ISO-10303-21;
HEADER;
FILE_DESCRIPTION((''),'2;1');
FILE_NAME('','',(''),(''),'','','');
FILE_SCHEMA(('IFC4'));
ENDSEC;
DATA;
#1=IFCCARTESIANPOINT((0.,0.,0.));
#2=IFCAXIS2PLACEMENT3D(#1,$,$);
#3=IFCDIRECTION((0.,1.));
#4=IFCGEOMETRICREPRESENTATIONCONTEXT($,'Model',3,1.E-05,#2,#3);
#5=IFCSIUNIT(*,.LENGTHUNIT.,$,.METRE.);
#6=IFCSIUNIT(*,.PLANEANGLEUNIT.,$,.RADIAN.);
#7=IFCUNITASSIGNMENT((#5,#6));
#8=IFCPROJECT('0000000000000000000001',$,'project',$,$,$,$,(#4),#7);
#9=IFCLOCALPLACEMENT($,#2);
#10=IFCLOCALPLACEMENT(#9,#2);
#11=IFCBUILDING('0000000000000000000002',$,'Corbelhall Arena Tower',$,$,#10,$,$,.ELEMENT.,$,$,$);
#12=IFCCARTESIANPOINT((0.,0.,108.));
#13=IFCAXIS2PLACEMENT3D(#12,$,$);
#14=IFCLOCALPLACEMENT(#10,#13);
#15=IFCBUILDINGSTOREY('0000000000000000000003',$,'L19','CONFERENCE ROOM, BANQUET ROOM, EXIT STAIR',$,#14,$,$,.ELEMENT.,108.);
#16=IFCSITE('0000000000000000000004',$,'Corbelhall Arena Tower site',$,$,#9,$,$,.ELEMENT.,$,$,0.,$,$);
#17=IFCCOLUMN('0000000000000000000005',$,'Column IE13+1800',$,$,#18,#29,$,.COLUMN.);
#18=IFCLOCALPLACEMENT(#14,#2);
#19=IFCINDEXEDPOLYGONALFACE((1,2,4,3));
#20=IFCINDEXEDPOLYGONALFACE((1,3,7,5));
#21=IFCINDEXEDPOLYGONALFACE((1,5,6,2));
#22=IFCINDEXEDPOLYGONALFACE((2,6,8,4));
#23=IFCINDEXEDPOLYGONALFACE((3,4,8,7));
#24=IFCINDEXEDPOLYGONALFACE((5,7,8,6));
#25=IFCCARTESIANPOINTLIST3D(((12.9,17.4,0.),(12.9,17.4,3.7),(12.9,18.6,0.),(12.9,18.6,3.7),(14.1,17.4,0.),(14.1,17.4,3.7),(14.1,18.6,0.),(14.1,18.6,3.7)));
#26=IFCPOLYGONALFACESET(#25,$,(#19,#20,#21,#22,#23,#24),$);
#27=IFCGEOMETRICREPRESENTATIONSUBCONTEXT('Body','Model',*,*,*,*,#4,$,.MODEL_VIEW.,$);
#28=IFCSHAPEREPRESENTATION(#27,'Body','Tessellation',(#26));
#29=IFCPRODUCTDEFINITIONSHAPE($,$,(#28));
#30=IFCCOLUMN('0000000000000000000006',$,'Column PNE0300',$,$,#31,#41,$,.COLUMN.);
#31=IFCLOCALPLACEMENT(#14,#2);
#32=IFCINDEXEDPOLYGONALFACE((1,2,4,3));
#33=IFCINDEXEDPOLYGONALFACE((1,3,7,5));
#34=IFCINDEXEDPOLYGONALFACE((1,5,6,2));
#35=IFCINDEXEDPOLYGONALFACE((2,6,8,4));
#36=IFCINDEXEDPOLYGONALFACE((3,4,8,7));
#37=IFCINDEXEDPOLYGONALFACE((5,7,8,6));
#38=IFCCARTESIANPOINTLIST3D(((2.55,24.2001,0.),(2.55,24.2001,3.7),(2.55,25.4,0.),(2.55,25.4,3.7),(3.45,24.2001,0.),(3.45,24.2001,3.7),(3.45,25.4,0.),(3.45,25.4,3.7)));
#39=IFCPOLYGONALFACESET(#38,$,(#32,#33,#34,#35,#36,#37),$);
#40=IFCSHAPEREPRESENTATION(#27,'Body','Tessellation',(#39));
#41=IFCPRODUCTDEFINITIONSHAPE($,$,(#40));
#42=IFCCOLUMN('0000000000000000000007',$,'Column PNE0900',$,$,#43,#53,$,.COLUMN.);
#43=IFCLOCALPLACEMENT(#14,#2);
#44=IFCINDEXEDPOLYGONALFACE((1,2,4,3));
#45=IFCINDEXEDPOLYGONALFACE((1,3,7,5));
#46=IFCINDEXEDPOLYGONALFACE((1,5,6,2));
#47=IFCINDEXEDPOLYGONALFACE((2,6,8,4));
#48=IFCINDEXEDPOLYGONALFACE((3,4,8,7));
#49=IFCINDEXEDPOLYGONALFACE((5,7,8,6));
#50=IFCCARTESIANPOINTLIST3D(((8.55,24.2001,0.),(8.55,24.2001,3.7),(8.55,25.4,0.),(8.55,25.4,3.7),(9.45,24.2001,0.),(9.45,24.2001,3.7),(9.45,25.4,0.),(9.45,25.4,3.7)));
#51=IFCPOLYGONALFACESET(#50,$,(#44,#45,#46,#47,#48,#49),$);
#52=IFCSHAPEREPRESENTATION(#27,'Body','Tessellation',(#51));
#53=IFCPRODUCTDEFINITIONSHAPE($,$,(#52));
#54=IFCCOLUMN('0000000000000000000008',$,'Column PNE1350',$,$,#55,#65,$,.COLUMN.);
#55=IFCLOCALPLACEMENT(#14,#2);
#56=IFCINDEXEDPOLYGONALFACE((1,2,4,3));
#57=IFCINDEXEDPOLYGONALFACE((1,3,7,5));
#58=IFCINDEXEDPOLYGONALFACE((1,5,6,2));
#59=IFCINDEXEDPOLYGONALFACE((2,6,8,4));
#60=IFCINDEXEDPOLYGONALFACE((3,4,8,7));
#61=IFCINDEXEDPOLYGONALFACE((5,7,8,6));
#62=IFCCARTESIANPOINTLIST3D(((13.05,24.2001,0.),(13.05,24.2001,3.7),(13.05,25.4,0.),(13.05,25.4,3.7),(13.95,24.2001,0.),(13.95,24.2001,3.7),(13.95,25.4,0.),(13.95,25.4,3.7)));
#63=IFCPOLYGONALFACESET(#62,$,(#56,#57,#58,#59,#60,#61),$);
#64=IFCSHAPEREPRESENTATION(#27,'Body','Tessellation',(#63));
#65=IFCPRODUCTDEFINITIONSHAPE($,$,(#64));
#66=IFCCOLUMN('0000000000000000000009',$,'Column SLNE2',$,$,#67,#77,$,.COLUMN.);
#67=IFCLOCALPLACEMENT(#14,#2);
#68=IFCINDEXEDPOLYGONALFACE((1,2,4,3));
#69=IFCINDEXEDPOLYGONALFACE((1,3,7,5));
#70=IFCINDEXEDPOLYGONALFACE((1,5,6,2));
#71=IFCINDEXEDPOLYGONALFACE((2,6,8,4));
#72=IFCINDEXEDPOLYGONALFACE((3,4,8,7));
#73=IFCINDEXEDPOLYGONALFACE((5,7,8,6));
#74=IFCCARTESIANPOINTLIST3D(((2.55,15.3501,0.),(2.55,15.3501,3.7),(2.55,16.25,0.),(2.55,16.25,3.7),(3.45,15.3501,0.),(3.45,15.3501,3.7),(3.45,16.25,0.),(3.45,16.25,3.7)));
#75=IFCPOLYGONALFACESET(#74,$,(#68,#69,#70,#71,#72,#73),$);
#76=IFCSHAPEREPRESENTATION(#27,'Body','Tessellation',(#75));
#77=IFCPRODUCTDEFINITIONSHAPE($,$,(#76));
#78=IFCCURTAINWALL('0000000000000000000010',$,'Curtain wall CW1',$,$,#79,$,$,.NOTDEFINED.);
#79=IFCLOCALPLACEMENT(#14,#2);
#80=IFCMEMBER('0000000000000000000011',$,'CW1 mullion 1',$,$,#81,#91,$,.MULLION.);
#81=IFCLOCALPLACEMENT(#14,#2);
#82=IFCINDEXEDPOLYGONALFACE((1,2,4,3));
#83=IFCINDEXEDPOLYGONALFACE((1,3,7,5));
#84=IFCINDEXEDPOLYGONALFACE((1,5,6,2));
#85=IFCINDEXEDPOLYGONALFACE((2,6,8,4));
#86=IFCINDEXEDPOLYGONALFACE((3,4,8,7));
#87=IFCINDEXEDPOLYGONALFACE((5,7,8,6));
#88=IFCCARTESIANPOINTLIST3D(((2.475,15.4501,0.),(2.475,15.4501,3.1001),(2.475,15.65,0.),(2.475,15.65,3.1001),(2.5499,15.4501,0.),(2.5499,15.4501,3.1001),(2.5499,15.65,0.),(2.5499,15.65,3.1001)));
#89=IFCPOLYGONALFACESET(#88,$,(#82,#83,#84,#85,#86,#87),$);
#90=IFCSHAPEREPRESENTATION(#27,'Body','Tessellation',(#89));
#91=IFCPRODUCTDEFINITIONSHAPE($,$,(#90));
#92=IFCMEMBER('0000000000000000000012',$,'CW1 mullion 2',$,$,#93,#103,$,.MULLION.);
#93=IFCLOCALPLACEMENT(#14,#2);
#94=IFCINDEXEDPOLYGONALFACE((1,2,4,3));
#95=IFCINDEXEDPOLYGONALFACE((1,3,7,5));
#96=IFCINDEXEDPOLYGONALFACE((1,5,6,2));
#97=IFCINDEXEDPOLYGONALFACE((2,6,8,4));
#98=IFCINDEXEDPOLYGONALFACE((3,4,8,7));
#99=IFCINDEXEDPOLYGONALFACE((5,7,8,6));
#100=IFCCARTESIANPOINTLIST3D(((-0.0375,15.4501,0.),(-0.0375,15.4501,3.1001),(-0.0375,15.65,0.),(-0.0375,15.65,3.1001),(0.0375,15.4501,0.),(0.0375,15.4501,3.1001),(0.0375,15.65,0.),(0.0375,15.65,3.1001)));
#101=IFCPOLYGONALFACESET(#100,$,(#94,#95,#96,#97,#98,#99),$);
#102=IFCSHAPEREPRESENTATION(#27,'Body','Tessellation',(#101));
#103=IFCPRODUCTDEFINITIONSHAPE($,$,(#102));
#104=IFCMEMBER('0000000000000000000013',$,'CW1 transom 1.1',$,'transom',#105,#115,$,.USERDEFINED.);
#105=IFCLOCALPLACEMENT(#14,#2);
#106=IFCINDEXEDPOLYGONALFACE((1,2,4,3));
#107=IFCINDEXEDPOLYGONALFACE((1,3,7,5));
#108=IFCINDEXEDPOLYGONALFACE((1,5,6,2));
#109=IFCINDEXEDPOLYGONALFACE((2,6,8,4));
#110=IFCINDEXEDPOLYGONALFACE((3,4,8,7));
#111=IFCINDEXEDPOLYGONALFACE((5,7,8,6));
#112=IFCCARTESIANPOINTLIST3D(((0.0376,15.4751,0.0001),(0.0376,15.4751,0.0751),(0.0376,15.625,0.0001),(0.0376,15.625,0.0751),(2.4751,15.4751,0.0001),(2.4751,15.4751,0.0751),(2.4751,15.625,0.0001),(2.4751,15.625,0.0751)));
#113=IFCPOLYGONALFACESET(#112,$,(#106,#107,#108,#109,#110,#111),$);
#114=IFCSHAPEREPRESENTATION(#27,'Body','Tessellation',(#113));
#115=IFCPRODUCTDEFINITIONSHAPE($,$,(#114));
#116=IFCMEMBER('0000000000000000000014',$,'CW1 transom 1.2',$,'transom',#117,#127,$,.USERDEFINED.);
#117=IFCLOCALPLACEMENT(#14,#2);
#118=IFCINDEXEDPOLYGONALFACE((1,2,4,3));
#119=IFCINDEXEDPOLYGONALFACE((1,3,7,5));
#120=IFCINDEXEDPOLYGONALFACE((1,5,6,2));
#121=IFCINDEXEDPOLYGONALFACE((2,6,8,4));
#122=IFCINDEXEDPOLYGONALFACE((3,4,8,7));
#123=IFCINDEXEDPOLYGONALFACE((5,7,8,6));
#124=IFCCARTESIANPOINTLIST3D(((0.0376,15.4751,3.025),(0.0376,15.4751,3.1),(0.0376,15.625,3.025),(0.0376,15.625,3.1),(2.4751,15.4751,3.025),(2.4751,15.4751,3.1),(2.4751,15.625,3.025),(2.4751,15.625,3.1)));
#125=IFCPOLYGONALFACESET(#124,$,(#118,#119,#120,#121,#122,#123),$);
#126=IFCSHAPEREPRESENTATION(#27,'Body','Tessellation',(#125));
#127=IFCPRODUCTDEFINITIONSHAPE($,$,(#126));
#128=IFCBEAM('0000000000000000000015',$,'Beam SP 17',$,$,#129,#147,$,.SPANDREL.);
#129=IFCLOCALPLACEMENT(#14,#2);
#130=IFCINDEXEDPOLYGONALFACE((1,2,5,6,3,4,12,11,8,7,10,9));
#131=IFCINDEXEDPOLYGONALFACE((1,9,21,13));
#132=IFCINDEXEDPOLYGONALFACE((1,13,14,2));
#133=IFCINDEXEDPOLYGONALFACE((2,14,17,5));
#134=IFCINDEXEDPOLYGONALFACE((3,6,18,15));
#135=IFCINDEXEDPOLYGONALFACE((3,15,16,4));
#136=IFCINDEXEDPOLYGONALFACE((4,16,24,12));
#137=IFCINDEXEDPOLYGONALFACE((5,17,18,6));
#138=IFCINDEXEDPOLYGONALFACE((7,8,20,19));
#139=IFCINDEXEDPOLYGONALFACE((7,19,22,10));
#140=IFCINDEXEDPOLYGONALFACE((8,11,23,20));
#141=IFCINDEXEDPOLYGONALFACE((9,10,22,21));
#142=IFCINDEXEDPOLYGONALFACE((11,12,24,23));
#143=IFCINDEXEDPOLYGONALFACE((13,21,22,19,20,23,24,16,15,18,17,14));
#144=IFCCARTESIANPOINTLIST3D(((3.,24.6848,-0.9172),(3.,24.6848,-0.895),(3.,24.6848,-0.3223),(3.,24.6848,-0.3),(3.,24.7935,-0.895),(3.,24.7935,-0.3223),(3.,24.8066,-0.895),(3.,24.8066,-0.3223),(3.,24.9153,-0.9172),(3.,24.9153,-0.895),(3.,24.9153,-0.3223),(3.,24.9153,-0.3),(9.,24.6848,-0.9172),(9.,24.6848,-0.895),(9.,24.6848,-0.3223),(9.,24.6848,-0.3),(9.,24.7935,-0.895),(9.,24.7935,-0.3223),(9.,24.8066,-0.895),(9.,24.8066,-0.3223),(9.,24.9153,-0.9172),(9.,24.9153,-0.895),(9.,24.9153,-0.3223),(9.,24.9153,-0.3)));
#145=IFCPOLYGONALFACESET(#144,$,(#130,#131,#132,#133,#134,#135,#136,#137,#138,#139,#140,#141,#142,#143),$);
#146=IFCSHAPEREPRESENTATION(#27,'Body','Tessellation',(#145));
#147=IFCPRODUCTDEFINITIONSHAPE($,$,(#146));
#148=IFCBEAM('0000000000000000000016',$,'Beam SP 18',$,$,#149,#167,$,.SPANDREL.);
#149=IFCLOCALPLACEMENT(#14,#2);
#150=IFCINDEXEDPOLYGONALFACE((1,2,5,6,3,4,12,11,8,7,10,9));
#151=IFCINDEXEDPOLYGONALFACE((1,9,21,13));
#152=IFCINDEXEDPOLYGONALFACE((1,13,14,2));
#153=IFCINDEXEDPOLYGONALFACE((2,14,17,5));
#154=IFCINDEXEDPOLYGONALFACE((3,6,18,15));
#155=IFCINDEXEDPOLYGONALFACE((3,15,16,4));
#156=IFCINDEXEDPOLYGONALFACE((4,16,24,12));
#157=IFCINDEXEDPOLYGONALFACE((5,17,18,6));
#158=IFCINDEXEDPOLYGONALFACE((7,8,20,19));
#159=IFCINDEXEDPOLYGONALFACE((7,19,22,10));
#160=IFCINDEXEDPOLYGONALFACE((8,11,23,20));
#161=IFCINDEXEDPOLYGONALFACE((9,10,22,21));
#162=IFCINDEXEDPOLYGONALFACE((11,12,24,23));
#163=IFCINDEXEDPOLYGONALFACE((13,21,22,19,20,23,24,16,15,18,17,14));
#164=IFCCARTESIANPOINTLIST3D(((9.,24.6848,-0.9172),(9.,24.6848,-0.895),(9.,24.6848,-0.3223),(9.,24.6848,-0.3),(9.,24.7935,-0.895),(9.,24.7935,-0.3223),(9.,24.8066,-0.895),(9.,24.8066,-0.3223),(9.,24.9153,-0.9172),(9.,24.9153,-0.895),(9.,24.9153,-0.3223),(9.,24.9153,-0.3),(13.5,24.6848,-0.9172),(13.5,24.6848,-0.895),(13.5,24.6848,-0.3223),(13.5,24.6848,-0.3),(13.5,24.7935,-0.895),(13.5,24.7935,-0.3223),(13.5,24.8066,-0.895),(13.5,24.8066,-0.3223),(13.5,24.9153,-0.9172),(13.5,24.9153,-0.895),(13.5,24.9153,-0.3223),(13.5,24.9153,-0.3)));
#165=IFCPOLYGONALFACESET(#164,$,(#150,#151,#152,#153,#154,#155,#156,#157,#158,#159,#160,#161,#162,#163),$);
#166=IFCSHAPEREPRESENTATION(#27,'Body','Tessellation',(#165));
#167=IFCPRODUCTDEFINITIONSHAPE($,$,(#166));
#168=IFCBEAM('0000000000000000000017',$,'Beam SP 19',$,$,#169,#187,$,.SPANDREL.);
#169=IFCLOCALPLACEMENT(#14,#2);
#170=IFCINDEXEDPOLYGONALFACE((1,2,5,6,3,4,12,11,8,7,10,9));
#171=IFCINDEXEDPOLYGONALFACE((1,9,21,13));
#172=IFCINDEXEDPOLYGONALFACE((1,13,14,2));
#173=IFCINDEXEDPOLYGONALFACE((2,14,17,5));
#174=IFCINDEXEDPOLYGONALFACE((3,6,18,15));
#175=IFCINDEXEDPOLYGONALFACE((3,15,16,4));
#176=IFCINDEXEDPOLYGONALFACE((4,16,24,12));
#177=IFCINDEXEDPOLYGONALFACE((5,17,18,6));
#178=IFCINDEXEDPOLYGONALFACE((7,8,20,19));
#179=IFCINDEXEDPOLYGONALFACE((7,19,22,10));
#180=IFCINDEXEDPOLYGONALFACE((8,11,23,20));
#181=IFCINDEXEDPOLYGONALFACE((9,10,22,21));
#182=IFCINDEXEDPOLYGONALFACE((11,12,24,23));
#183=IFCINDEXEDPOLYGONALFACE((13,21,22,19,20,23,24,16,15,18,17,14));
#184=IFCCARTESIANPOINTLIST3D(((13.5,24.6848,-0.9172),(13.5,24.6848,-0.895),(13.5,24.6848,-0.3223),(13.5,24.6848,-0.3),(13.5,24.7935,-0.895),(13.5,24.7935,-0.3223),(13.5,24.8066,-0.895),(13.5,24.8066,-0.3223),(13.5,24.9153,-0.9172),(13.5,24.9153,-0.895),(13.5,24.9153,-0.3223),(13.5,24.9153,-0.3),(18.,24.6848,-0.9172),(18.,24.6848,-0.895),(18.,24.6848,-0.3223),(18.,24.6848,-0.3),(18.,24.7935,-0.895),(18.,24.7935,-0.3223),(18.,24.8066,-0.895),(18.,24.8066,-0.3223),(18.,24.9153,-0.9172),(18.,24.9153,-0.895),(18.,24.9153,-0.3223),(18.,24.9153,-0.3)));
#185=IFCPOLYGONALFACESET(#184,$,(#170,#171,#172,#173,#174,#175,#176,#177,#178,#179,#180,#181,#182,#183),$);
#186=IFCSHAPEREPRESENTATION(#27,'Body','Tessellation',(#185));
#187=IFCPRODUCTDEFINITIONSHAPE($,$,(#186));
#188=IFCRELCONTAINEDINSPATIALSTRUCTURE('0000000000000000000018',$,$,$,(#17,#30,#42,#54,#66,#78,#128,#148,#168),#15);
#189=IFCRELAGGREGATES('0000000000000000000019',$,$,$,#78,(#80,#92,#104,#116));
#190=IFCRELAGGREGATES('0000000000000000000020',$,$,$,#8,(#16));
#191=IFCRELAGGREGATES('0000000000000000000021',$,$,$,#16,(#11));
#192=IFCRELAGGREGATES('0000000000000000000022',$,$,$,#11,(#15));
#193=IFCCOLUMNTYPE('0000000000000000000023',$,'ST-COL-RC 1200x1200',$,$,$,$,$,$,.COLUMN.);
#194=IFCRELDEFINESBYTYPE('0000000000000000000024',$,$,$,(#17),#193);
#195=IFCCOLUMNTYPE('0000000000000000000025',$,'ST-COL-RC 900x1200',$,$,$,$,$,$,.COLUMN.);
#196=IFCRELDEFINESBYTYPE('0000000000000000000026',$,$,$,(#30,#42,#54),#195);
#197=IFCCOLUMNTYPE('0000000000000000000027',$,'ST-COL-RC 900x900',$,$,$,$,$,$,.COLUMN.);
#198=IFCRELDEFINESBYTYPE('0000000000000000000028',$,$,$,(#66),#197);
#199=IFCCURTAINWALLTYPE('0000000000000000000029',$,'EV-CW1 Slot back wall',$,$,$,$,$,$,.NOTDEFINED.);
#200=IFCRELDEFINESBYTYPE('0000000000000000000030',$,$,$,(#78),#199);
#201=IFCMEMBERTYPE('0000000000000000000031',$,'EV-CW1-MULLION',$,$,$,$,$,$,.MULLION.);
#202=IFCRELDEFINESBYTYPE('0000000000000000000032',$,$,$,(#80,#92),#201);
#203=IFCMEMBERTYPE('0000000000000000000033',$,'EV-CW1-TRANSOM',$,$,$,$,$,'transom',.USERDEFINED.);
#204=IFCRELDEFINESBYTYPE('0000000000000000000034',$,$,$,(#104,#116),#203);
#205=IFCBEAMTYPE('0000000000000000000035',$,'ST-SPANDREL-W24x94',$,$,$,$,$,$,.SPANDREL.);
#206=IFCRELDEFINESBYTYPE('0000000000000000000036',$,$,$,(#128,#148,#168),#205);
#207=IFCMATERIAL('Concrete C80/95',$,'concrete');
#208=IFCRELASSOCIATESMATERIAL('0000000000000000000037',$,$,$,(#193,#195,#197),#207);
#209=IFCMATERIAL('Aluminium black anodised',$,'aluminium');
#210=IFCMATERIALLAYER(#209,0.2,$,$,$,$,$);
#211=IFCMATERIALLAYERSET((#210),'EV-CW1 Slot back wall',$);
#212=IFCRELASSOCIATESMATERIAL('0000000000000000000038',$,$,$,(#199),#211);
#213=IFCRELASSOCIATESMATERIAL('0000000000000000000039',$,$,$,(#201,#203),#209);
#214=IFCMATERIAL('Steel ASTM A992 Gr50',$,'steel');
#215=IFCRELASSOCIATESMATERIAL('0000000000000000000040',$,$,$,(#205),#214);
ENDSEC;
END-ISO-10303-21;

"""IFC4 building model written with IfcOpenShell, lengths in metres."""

from ifc_helpers import new_model, si_unit, direction, frame, origin, origin_2d, place, context, subcontext, project, spatial, rectangle, i_section, extrude, material, layer, layer_set, material_profile, profile_set, type_object, element, aggregate, save


model = new_model("IFC4")

# Units and contexts
model_context = context("Model", 3, precision=1e-05, world=origin(), true_north=direction((0.0, 1.0)))
body_context = subcontext(model_context, "Body", "Model", "MODEL_VIEW")
ifc_project = project(units=[si_unit("LENGTHUNIT", "METRE"), si_unit("PLANEANGLEUNIT", "RADIAN")], contexts=[model_context])

# Site, building, storey
site_placement = place(None, origin())
site = spatial("IfcSite", under=ifc_project, at=site_placement, Name="Corbelhall Arena Tower site", CompositionType="ELEMENT", RefElevation=0.0)
building_placement = place(site_placement, origin())
building = spatial("IfcBuilding", under=site, at=building_placement, Name="Corbelhall Arena Tower", CompositionType="ELEMENT")
storey_placement = place(building_placement, frame((0.0, 0.0, 108.0)))
storey = spatial("IfcBuildingStorey", under=building, at=storey_placement, Name="L19", Description="CONFERENCE ROOM, BANQUET ROOM, EXIT STAIR", CompositionType="ELEMENT", Elevation=108.0)

# Columns
ifc_material_1 = material(Name="Concrete C80/95", Category="concrete")
ifc_material_profile_1 = material_profile(ifc_material_1, rectangle(XDim=1.2, YDim=1.2, at=origin_2d()))
ifc_profile_set_1 = profile_set([ifc_material_profile_1], Name="Concrete C80/95")
column_type_1 = type_object("IfcColumnType", Name="ST-COL-RC 1200x1200", PredefinedType="COLUMN", material=ifc_profile_set_1)
column_1_placement = place(storey_placement, frame((13.5, 18.0, 0.0), z_axis=(0.0, 0.0, 1.0), x_axis=(1.0, 0.0, 0.0)))
element("IfcColumn", 1, at=column_1_placement, inside=storey, type_object=column_type_1, Name="Column IE13+1800", PredefinedType="COLUMN", context=body_context, shape_type="SweptSolid", body=[
    extrude(rectangle(XDim=1.2, YDim=1.2, at=origin_2d()), origin(), (0.0, 0.0, 1.0), 3.7),
])
ifc_material_profile_2 = material_profile(ifc_material_1, rectangle(XDim=0.8999, YDim=1.2, at=origin_2d()))
ifc_profile_set_2 = profile_set([ifc_material_profile_2], Name="Concrete C80/95")
column_type_2 = type_object("IfcColumnType", Name="ST-COL-RC 900x1200", PredefinedType="COLUMN", material=ifc_profile_set_2)
for number, where, z_axis, x_axis, name in (
    (2, (3.0, 24.8, 0.0), (0.0, 0.0, 1.0), (1.0, 0.0, 0.0), "Column PNE0300"),
    (3, (9.0, 24.8, 0.0), (0.0, 0.0, 1.0), (1.0, 0.0, 0.0), "Column PNE0900"),
    (4, (13.5, 24.8, 0.0), (0.0, 0.0, 1.0), (1.0, 0.0, 0.0), "Column PNE1350"),
):
    element("IfcColumn", number, at=place(storey_placement, frame(where, z_axis=z_axis, x_axis=x_axis)), inside=storey, type_object=column_type_2, Name=name, PredefinedType="COLUMN", context=body_context, shape_type="SweptSolid", body=[
        extrude(rectangle(XDim=0.8999, YDim=1.2, at=origin_2d()), origin(), (0.0, 0.0, 1.0), 3.7),
    ])
ifc_material_profile_3 = material_profile(ifc_material_1, rectangle(XDim=0.8999, YDim=0.8999, at=origin_2d()))
ifc_profile_set_3 = profile_set([ifc_material_profile_3], Name="Concrete C80/95")
column_type_3 = type_object("IfcColumnType", Name="ST-COL-RC 900x900", PredefinedType="COLUMN", material=ifc_profile_set_3)
column_2_placement = place(storey_placement, frame((3.0, 15.8, 0.0), z_axis=(0.0, 0.0, 1.0), x_axis=(1.0, 0.0, 0.0)))
element("IfcColumn", 5, at=column_2_placement, inside=storey, type_object=column_type_3, Name="Column SLNE2", PredefinedType="COLUMN", context=body_context, shape_type="SweptSolid", body=[
    extrude(rectangle(XDim=0.8999, YDim=0.8999, at=origin_2d()), origin(), (0.0, 0.0, 1.0), 3.7),
])

# Curtain wall, members
ifc_material_2 = material(Name="Aluminium black anodised", Category="aluminium")
ifc_layer_1 = layer(ifc_material_2, 0.2)
ifc_layer_set_1 = layer_set([ifc_layer_1], Name="EV-CW1 Slot back wall")
curtain_wall_type = type_object("IfcCurtainWallType", Name="EV-CW1 Slot back wall", PredefinedType="NOTDEFINED", material=ifc_layer_set_1)
curtain_wall_placement = place(storey_placement, origin())
curtain_wall = element("IfcCurtainWall", 6, at=curtain_wall_placement, inside=storey, type_object=curtain_wall_type, Name="Curtain wall CW1", PredefinedType="NOTDEFINED")
ifc_material_profile_4 = material_profile(ifc_material_2, rectangle(XDim=0.2, YDim=0.075, at=origin_2d()))
ifc_profile_set_4 = profile_set([ifc_material_profile_4], Name="Aluminium black anodised")
member_type_1 = type_object("IfcMemberType", Name="EV-CW1-MULLION", PredefinedType="MULLION", material=ifc_profile_set_4)
member_1_placement = place(storey_placement, frame((2.5125, 15.55, 0.0), z_axis=(0.0, 0.0, 1.0), x_axis=(0.0, -1.0, 0.0)))
member_1 = element("IfcMember", 7, at=member_1_placement, type_object=member_type_1, Name="CW1 mullion 1", PredefinedType="MULLION", context=body_context, shape_type="SweptSolid", body=[
    extrude(rectangle(XDim=0.2, YDim=0.075, at=origin_2d()), origin(), (0.0, 0.0, 1.0), 3.1001),
])
member_2_placement = place(storey_placement, frame((0.0, 15.55, 0.0), z_axis=(0.0, 0.0, 1.0), x_axis=(0.0, -1.0, 0.0)))
member_2 = element("IfcMember", 8, at=member_2_placement, type_object=member_type_1, Name="CW1 mullion 2", PredefinedType="MULLION", context=body_context, shape_type="SweptSolid", body=[
    extrude(rectangle(XDim=0.2, YDim=0.075, at=origin_2d()), origin(), (0.0, 0.0, 1.0), 3.1001),
])
ifc_material_profile_5 = material_profile(ifc_material_2, rectangle(XDim=0.1499, YDim=0.075, at=origin_2d()))
ifc_profile_set_5 = profile_set([ifc_material_profile_5], Name="Aluminium black anodised")
member_type_2 = type_object("IfcMemberType", Name="EV-CW1-TRANSOM", ElementType="transom", PredefinedType="USERDEFINED", material=ifc_profile_set_5)
member_3_placement = place(storey_placement, frame((2.4751, 15.55, 0.0376), z_axis=(-1.0, 0.0, 0.0), x_axis=(0.0, -1.0, 0.0)))
member_3 = element("IfcMember", 9, at=member_3_placement, type_object=member_type_2, Name="CW1 transom 1.1", ObjectType="transom", PredefinedType="USERDEFINED", context=body_context, shape_type="SweptSolid", body=[
    extrude(rectangle(XDim=0.1499, YDim=0.075, at=origin_2d()), origin(), (0.0, 0.0, 1.0), 2.4375),
])
member_4_placement = place(storey_placement, frame((2.4751, 15.55, 3.0625), z_axis=(-1.0, 0.0, 0.0), x_axis=(0.0, -1.0, 0.0)))
member_4 = element("IfcMember", 10, at=member_4_placement, type_object=member_type_2, Name="CW1 transom 1.2", ObjectType="transom", PredefinedType="USERDEFINED", context=body_context, shape_type="SweptSolid", body=[
    extrude(rectangle(XDim=0.1499, YDim=0.075, at=origin_2d()), origin(), (0.0, 0.0, 1.0), 2.4375),
])

# Beams
ifc_material_3 = material(Name="Steel ASTM A992 Gr50", Category="steel")
ifc_material_profile_6 = material_profile(ifc_material_3, i_section(OverallWidth=0.2305, OverallDepth=0.6172, WebThickness=0.0132, FlangeThickness=0.0222, at=origin_2d()))
ifc_profile_set_6 = profile_set([ifc_material_profile_6], Name="Steel ASTM A992 Gr50")
beam_type_1 = type_object("IfcBeamType", Name="ST-SPANDREL-W24x94", PredefinedType="SPANDREL", material=ifc_profile_set_6)
beam_1_placement = place(storey_placement, frame((3.0, 24.8, -0.6086), z_axis=(1.0, 0.0, 0.0), x_axis=(0.0, 1.0, 0.0)))
element("IfcBeam", 11, at=beam_1_placement, inside=storey, type_object=beam_type_1, Name="Beam SP 17", PredefinedType="SPANDREL", context=body_context, shape_type="SweptSolid", body=[
    extrude(i_section(OverallWidth=0.2305, OverallDepth=0.6172, WebThickness=0.0132, FlangeThickness=0.0222, at=origin_2d()), origin(), (0.0, 0.0, 1.0), 6.0),
])
for number, where, z_axis, x_axis, name in (
    (12, (9.0, 24.8, -0.6086), (1.0, 0.0, 0.0), (0.0, 1.0, 0.0), "Beam SP 18"),
    (13, (13.5, 24.8, -0.6086), (1.0, 0.0, 0.0), (0.0, 1.0, 0.0), "Beam SP 19"),
):
    element("IfcBeam", number, at=place(storey_placement, frame(where, z_axis=z_axis, x_axis=x_axis)), inside=storey, type_object=beam_type_1, Name=name, PredefinedType="SPANDREL", context=body_context, shape_type="SweptSolid", body=[
        extrude(i_section(OverallWidth=0.2305, OverallDepth=0.6172, WebThickness=0.0132, FlangeThickness=0.0222, at=origin_2d()), origin(), (0.0, 0.0, 1.0), 4.5),
    ])

aggregate(curtain_wall, [member_1, member_2, member_3, member_4])

save(model, "model.ifc")
